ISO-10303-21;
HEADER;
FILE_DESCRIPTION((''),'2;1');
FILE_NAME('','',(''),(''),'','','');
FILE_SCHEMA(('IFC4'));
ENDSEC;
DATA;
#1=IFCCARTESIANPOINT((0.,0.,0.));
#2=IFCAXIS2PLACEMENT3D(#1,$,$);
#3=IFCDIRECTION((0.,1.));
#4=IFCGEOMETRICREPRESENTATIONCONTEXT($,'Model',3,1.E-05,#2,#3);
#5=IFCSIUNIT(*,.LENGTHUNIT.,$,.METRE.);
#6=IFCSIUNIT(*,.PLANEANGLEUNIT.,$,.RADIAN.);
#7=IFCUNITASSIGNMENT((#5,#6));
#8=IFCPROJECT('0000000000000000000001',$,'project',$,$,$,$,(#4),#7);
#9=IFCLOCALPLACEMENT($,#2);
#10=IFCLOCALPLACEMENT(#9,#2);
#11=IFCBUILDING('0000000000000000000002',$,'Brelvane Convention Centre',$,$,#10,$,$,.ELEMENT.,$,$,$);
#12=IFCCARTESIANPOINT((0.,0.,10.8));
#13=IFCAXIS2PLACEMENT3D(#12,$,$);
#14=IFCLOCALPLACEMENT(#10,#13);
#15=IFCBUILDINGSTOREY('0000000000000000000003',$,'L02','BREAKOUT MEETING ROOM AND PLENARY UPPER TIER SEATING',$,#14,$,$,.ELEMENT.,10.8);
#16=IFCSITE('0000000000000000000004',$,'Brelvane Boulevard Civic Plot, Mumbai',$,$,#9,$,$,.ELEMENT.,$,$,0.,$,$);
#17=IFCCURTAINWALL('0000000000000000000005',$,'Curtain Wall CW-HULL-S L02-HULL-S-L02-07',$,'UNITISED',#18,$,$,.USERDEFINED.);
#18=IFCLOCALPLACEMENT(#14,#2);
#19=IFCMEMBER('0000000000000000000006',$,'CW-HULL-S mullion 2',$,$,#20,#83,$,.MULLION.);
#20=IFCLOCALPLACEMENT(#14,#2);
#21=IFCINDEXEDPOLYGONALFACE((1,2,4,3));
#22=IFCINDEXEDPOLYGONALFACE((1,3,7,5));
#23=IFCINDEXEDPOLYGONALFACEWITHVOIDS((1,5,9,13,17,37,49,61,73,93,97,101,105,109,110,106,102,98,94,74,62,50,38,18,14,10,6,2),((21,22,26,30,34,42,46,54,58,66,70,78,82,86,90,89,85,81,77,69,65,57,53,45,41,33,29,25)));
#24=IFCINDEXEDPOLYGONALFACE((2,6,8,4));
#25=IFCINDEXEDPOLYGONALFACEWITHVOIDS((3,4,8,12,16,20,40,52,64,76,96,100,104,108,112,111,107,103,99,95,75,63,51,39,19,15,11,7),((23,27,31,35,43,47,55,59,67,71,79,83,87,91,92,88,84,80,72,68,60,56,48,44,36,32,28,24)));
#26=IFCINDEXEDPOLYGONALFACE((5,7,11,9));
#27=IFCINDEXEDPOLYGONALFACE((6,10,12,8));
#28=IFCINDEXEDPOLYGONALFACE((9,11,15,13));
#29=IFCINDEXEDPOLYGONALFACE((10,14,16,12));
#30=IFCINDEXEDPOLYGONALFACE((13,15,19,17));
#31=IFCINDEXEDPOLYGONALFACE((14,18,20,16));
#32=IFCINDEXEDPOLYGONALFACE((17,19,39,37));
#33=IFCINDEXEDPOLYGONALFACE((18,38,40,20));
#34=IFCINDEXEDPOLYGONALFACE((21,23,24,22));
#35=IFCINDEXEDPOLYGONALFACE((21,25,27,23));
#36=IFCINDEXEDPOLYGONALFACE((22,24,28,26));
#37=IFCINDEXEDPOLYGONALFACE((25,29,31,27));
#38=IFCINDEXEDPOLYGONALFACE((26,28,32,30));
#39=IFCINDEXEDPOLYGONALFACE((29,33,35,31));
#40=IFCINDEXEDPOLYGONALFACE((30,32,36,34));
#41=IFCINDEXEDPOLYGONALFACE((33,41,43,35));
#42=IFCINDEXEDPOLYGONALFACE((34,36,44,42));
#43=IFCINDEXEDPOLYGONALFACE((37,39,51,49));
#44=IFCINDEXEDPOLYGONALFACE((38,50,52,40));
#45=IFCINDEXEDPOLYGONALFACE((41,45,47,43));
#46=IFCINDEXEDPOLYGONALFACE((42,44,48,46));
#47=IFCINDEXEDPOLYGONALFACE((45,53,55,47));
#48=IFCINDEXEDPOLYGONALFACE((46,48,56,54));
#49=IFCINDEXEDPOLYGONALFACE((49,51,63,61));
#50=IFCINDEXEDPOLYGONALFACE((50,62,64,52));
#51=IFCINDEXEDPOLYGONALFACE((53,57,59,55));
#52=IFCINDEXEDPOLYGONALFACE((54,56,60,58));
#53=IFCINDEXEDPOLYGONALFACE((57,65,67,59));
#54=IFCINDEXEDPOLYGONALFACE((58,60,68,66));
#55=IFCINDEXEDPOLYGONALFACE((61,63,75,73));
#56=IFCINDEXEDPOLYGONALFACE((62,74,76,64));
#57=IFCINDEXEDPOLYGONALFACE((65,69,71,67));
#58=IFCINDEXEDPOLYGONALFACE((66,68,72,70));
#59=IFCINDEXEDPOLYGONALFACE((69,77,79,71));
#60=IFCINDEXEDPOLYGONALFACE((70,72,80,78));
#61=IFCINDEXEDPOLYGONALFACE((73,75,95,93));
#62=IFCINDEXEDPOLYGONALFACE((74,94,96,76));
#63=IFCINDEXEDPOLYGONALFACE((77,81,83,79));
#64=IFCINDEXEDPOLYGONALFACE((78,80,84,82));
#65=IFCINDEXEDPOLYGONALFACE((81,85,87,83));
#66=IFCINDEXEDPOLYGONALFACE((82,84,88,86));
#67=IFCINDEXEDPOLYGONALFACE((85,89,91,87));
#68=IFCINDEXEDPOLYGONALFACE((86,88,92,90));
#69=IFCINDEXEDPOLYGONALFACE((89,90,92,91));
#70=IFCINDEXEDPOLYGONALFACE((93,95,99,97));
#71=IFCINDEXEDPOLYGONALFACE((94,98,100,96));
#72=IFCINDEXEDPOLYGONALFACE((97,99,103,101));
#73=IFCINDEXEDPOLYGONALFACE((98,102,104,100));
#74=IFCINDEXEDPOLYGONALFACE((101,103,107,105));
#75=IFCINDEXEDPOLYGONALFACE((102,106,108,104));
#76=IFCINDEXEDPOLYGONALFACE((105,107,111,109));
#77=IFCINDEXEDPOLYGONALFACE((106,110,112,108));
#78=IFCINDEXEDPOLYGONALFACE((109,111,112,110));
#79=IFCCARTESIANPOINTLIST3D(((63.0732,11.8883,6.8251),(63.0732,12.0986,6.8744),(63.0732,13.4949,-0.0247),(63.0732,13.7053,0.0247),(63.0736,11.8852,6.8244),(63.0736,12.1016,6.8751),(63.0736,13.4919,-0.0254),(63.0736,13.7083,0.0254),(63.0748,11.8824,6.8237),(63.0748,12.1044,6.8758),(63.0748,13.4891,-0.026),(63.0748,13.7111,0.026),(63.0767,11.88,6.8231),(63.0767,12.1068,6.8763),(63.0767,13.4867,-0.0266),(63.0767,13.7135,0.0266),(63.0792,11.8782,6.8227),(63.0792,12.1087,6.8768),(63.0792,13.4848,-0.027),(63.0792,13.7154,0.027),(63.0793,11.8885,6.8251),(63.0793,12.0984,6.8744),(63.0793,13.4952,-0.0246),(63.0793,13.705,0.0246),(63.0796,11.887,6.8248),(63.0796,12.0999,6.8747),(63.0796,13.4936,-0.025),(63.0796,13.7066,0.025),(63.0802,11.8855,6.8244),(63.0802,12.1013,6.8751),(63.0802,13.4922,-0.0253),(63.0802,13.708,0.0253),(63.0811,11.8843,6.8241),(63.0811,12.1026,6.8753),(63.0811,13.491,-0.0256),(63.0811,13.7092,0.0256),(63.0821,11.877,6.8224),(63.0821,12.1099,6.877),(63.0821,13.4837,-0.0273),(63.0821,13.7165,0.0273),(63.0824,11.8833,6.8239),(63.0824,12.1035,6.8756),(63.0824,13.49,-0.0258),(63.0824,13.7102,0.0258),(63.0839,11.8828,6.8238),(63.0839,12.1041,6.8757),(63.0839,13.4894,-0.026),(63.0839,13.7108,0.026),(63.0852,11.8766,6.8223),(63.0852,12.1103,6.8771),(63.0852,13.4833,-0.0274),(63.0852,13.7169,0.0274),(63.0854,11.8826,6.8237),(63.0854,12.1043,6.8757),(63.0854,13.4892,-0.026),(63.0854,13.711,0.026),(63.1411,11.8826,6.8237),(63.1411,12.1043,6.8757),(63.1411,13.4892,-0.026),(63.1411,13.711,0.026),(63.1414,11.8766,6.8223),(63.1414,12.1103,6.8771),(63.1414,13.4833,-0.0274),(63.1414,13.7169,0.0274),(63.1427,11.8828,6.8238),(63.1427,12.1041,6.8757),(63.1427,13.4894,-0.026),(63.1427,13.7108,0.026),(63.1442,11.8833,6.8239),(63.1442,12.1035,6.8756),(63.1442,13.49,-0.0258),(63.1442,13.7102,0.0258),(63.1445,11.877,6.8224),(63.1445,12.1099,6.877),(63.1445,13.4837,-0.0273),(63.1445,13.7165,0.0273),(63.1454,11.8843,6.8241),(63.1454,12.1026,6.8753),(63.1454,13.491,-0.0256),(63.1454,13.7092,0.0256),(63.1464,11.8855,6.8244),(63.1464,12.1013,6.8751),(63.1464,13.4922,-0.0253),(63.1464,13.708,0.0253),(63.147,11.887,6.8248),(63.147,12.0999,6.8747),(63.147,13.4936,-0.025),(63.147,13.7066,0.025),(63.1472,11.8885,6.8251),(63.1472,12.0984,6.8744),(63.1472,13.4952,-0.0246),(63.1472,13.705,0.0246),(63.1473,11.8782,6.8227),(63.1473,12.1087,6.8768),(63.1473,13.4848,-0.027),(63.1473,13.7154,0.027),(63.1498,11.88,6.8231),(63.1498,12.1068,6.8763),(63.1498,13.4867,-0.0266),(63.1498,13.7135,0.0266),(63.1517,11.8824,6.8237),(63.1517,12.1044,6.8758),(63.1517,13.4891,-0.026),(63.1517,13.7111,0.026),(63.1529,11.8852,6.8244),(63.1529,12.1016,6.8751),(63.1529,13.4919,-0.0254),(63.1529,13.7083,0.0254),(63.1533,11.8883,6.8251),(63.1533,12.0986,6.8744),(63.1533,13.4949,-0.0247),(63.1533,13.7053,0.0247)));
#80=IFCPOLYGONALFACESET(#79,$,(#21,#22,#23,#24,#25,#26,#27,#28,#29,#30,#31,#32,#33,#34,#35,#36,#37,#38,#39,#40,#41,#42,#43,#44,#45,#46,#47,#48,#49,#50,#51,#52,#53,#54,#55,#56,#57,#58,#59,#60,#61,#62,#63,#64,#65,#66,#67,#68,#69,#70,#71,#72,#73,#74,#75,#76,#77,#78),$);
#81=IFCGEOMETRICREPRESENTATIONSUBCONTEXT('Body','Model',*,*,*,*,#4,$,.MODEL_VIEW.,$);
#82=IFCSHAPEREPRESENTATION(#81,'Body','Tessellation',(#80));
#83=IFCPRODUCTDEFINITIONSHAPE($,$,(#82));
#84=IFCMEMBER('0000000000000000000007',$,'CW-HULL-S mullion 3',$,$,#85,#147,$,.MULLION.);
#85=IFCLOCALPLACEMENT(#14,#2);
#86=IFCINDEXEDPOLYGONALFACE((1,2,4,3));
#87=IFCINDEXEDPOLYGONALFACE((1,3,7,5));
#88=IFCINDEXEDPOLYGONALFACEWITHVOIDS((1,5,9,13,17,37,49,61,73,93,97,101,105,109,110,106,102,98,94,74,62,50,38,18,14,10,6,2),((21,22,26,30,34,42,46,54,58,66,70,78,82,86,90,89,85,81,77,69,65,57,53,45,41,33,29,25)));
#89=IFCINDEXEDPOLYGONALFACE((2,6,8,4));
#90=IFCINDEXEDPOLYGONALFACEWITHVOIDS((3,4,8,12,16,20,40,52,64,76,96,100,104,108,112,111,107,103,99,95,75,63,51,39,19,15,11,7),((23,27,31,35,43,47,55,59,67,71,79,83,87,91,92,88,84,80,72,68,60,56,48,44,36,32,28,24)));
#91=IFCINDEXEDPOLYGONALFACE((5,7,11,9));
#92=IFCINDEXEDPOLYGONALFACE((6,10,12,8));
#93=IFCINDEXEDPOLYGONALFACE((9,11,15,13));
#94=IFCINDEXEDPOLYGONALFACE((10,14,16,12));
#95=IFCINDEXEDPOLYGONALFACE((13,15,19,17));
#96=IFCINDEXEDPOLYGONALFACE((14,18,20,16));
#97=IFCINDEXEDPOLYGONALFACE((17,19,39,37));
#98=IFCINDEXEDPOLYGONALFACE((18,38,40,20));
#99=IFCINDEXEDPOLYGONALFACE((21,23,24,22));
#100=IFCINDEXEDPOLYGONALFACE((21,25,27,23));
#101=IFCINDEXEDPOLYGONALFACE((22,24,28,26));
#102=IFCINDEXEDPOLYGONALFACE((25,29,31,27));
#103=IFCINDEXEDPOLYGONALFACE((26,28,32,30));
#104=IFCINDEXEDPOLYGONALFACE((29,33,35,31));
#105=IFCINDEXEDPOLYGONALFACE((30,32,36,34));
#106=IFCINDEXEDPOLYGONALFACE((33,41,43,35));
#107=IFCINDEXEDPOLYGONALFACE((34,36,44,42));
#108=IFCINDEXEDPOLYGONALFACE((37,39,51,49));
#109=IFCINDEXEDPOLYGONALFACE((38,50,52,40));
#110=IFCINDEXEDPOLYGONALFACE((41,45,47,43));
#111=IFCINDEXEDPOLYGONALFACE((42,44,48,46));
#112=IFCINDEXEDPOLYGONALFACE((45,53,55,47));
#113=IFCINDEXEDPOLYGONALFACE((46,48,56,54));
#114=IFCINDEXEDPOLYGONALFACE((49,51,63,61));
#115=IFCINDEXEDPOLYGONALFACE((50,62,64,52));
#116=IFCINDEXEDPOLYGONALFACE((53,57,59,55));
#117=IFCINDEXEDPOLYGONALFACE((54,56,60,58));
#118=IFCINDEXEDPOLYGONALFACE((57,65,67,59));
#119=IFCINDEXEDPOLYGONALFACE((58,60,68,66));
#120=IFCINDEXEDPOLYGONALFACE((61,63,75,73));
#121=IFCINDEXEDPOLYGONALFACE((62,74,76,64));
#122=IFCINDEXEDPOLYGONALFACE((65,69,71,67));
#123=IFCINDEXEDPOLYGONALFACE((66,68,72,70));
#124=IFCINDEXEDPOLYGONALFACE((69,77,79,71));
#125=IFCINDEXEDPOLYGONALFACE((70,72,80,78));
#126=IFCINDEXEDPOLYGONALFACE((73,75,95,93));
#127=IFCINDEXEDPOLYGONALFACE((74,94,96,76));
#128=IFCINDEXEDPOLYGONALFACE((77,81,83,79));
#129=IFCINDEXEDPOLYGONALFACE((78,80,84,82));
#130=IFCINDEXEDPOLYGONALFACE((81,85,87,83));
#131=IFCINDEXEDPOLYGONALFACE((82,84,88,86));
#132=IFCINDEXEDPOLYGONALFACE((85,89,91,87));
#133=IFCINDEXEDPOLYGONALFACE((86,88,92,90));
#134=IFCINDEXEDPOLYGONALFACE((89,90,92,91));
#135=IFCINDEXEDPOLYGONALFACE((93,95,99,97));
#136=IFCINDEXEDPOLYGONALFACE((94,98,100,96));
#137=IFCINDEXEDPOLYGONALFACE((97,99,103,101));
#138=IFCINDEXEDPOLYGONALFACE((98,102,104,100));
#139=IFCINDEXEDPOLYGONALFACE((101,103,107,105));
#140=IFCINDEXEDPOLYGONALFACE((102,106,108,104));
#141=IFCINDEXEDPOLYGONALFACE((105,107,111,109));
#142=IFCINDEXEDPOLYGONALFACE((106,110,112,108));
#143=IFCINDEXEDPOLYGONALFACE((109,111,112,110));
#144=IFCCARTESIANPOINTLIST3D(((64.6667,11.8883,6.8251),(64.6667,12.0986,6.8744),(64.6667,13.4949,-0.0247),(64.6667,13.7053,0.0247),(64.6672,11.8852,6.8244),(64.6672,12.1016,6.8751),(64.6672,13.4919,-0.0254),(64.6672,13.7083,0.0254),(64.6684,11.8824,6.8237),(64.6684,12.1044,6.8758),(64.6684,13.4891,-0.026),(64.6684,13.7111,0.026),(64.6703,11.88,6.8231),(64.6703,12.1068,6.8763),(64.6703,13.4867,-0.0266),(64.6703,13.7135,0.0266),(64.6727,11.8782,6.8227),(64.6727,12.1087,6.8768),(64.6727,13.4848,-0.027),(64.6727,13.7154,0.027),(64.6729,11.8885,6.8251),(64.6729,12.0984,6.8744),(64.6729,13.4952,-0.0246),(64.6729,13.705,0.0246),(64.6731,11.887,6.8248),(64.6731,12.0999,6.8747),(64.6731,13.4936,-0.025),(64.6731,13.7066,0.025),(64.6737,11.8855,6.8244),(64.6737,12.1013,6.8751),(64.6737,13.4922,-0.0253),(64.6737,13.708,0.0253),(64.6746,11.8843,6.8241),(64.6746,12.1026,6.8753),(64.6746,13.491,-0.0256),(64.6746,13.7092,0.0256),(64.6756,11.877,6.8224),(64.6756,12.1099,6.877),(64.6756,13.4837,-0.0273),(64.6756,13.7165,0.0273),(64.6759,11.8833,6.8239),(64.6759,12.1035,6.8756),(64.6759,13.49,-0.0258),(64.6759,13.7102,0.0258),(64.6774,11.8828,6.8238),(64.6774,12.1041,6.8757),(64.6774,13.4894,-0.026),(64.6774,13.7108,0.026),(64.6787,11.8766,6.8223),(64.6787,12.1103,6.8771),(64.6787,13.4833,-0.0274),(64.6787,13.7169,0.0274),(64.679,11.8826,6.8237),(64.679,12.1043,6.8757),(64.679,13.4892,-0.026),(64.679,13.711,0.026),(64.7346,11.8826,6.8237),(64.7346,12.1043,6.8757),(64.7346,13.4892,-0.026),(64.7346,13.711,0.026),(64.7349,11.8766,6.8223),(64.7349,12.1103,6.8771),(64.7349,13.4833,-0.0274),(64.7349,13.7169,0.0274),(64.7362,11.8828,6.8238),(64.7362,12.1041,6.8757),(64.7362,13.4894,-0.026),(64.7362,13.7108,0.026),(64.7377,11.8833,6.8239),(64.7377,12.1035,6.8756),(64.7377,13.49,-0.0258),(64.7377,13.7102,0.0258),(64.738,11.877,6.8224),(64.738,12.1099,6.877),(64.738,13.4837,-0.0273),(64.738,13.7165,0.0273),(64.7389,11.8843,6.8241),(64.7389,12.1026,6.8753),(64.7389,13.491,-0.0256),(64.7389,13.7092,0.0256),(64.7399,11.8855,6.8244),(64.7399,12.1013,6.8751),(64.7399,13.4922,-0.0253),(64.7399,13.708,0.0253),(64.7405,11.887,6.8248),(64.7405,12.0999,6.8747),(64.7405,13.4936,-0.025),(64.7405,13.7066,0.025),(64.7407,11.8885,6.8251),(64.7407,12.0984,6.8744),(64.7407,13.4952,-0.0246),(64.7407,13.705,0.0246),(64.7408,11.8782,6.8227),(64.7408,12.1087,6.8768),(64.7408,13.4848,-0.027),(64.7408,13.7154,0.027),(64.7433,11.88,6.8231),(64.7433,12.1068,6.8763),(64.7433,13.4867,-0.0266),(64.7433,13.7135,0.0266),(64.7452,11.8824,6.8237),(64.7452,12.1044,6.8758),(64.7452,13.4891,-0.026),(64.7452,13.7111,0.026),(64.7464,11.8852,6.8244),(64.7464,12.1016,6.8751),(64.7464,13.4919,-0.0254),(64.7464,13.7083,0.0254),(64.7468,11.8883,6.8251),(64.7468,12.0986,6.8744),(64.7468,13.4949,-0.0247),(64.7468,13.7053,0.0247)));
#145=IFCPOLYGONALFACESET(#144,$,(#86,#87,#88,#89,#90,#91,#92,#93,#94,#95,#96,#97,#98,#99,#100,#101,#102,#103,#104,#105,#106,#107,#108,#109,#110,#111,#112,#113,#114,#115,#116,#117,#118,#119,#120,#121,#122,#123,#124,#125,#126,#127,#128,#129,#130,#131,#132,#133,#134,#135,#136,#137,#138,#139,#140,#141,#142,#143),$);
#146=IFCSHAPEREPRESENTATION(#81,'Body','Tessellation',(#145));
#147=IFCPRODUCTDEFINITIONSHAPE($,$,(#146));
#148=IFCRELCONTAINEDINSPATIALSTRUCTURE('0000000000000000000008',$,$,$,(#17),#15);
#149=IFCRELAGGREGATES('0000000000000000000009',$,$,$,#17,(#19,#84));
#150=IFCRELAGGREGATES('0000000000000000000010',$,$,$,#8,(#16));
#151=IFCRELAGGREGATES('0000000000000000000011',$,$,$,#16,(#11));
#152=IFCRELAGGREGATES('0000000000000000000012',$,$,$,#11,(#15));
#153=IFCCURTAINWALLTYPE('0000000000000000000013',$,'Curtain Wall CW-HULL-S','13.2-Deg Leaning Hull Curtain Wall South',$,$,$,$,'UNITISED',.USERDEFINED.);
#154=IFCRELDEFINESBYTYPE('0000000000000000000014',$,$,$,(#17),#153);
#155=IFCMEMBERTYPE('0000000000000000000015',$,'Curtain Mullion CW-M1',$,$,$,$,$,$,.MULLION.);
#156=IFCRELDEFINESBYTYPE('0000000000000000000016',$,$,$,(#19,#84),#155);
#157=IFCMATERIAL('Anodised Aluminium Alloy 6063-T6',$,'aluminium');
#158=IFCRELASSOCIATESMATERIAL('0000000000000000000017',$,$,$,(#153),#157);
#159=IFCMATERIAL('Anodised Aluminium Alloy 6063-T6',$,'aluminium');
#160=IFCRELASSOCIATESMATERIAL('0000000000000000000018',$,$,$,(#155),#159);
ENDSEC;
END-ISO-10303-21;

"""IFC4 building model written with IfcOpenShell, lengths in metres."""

from ifc_helpers import new_model, si_unit, direction, frame, origin, origin_2d, place, context, subcontext, project, spatial, hollow_rectangle, extrude, material, material_profile, profile_set, type_object, element, aggregate, save


model = new_model("IFC4")

# Units and contexts
model_context = context("Model", 3, precision=1e-05, world=origin(), true_north=direction((0.0, 1.0)))
body_context = subcontext(model_context, "Body", "Model", "MODEL_VIEW")
ifc_project = project(units=[si_unit("LENGTHUNIT", "METRE"), si_unit("PLANEANGLEUNIT", "RADIAN")], contexts=[model_context])

# Site, building, storey
site_placement = place(None, origin())
site = spatial("IfcSite", under=ifc_project, at=site_placement, Name="Brelvane Boulevard Civic Plot, Mumbai", CompositionType="ELEMENT", RefElevation=0.0)
building_placement = place(site_placement, origin())
building = spatial("IfcBuilding", under=site, at=building_placement, Name="Brelvane Convention Centre", CompositionType="ELEMENT")
storey_placement = place(building_placement, frame((0.0, 0.0, 10.8)))
storey = spatial("IfcBuildingStorey", under=building, at=storey_placement, Name="L02", Description="BREAKOUT MEETING ROOM AND PLENARY UPPER TIER SEATING", CompositionType="ELEMENT", Elevation=10.8)

# Curtain wall, members
ifc_material_1 = material(Name="Anodised Aluminium Alloy 6063-T6", Category="aluminium")
curtain_wall_type = type_object("IfcCurtainWallType", Name="Curtain Wall CW-HULL-S", Description="13.2-Deg Leaning Hull Curtain Wall South", ElementType="UNITISED", PredefinedType="USERDEFINED", material=ifc_material_1)
curtain_wall_1_placement = place(storey_placement, origin())
curtain_wall_1 = element("IfcCurtainWall", 1, at=curtain_wall_1_placement, inside=storey, type_object=curtain_wall_type, Name="Curtain Wall CW-HULL-S L02-HULL-S-L02-07", ObjectType="UNITISED", PredefinedType="USERDEFINED")
ifc_material_2 = material(Name="Anodised Aluminium Alloy 6063-T6", Category="aluminium")
ifc_material_profile_1 = material_profile(ifc_material_2, hollow_rectangle(XDim=0.0801, YDim=0.24, WallThickness=0.0061, InnerFilletRadius=0.0061, OuterFilletRadius=0.012, at=origin_2d()), Name="ALU-M 240x80x6.0")
ifc_profile_set_1 = profile_set([ifc_material_profile_1], Name="Anodised Aluminium Alloy 6063-T6")
member_type_1 = type_object("IfcMemberType", Name="Curtain Mullion CW-M1", PredefinedType="MULLION", material=ifc_profile_set_1)
member_1_placement = place(storey_placement, frame((63.1133, 13.6001, 0.0), z_axis=(0.0, -0.22836, 0.973577), x_axis=(1.0, 0.0, 0.0)))
member_1 = element("IfcMember", 2, at=member_1_placement, type_object=member_type_1, Name="CW-HULL-S mullion 2", PredefinedType="MULLION", context=body_context, shape_type="SweptSolid", body=[
    extrude(hollow_rectangle(XDim=0.0801, YDim=0.24, WallThickness=0.0061, InnerFilletRadius=0.0061, OuterFilletRadius=0.012, at=origin_2d()), origin(), (0.0, 0.0, 1.0), 7.0356),
])
member_2_placement = place(storey_placement, frame((64.7068, 13.6001, 0.0), z_axis=(0.0, -0.22836, 0.973577), x_axis=(1.0, 0.0, 0.0)))
member_2 = element("IfcMember", 3, at=member_2_placement, type_object=member_type_1, Name="CW-HULL-S mullion 3", PredefinedType="MULLION", context=body_context, shape_type="SweptSolid", body=[
    extrude(hollow_rectangle(XDim=0.0801, YDim=0.24, WallThickness=0.0061, InnerFilletRadius=0.0061, OuterFilletRadius=0.012, at=origin_2d()), origin(), (0.0, 0.0, 1.0), 7.0356),
])

aggregate(curtain_wall_1, [member_1, member_2])

save(model, "model.ifc")
